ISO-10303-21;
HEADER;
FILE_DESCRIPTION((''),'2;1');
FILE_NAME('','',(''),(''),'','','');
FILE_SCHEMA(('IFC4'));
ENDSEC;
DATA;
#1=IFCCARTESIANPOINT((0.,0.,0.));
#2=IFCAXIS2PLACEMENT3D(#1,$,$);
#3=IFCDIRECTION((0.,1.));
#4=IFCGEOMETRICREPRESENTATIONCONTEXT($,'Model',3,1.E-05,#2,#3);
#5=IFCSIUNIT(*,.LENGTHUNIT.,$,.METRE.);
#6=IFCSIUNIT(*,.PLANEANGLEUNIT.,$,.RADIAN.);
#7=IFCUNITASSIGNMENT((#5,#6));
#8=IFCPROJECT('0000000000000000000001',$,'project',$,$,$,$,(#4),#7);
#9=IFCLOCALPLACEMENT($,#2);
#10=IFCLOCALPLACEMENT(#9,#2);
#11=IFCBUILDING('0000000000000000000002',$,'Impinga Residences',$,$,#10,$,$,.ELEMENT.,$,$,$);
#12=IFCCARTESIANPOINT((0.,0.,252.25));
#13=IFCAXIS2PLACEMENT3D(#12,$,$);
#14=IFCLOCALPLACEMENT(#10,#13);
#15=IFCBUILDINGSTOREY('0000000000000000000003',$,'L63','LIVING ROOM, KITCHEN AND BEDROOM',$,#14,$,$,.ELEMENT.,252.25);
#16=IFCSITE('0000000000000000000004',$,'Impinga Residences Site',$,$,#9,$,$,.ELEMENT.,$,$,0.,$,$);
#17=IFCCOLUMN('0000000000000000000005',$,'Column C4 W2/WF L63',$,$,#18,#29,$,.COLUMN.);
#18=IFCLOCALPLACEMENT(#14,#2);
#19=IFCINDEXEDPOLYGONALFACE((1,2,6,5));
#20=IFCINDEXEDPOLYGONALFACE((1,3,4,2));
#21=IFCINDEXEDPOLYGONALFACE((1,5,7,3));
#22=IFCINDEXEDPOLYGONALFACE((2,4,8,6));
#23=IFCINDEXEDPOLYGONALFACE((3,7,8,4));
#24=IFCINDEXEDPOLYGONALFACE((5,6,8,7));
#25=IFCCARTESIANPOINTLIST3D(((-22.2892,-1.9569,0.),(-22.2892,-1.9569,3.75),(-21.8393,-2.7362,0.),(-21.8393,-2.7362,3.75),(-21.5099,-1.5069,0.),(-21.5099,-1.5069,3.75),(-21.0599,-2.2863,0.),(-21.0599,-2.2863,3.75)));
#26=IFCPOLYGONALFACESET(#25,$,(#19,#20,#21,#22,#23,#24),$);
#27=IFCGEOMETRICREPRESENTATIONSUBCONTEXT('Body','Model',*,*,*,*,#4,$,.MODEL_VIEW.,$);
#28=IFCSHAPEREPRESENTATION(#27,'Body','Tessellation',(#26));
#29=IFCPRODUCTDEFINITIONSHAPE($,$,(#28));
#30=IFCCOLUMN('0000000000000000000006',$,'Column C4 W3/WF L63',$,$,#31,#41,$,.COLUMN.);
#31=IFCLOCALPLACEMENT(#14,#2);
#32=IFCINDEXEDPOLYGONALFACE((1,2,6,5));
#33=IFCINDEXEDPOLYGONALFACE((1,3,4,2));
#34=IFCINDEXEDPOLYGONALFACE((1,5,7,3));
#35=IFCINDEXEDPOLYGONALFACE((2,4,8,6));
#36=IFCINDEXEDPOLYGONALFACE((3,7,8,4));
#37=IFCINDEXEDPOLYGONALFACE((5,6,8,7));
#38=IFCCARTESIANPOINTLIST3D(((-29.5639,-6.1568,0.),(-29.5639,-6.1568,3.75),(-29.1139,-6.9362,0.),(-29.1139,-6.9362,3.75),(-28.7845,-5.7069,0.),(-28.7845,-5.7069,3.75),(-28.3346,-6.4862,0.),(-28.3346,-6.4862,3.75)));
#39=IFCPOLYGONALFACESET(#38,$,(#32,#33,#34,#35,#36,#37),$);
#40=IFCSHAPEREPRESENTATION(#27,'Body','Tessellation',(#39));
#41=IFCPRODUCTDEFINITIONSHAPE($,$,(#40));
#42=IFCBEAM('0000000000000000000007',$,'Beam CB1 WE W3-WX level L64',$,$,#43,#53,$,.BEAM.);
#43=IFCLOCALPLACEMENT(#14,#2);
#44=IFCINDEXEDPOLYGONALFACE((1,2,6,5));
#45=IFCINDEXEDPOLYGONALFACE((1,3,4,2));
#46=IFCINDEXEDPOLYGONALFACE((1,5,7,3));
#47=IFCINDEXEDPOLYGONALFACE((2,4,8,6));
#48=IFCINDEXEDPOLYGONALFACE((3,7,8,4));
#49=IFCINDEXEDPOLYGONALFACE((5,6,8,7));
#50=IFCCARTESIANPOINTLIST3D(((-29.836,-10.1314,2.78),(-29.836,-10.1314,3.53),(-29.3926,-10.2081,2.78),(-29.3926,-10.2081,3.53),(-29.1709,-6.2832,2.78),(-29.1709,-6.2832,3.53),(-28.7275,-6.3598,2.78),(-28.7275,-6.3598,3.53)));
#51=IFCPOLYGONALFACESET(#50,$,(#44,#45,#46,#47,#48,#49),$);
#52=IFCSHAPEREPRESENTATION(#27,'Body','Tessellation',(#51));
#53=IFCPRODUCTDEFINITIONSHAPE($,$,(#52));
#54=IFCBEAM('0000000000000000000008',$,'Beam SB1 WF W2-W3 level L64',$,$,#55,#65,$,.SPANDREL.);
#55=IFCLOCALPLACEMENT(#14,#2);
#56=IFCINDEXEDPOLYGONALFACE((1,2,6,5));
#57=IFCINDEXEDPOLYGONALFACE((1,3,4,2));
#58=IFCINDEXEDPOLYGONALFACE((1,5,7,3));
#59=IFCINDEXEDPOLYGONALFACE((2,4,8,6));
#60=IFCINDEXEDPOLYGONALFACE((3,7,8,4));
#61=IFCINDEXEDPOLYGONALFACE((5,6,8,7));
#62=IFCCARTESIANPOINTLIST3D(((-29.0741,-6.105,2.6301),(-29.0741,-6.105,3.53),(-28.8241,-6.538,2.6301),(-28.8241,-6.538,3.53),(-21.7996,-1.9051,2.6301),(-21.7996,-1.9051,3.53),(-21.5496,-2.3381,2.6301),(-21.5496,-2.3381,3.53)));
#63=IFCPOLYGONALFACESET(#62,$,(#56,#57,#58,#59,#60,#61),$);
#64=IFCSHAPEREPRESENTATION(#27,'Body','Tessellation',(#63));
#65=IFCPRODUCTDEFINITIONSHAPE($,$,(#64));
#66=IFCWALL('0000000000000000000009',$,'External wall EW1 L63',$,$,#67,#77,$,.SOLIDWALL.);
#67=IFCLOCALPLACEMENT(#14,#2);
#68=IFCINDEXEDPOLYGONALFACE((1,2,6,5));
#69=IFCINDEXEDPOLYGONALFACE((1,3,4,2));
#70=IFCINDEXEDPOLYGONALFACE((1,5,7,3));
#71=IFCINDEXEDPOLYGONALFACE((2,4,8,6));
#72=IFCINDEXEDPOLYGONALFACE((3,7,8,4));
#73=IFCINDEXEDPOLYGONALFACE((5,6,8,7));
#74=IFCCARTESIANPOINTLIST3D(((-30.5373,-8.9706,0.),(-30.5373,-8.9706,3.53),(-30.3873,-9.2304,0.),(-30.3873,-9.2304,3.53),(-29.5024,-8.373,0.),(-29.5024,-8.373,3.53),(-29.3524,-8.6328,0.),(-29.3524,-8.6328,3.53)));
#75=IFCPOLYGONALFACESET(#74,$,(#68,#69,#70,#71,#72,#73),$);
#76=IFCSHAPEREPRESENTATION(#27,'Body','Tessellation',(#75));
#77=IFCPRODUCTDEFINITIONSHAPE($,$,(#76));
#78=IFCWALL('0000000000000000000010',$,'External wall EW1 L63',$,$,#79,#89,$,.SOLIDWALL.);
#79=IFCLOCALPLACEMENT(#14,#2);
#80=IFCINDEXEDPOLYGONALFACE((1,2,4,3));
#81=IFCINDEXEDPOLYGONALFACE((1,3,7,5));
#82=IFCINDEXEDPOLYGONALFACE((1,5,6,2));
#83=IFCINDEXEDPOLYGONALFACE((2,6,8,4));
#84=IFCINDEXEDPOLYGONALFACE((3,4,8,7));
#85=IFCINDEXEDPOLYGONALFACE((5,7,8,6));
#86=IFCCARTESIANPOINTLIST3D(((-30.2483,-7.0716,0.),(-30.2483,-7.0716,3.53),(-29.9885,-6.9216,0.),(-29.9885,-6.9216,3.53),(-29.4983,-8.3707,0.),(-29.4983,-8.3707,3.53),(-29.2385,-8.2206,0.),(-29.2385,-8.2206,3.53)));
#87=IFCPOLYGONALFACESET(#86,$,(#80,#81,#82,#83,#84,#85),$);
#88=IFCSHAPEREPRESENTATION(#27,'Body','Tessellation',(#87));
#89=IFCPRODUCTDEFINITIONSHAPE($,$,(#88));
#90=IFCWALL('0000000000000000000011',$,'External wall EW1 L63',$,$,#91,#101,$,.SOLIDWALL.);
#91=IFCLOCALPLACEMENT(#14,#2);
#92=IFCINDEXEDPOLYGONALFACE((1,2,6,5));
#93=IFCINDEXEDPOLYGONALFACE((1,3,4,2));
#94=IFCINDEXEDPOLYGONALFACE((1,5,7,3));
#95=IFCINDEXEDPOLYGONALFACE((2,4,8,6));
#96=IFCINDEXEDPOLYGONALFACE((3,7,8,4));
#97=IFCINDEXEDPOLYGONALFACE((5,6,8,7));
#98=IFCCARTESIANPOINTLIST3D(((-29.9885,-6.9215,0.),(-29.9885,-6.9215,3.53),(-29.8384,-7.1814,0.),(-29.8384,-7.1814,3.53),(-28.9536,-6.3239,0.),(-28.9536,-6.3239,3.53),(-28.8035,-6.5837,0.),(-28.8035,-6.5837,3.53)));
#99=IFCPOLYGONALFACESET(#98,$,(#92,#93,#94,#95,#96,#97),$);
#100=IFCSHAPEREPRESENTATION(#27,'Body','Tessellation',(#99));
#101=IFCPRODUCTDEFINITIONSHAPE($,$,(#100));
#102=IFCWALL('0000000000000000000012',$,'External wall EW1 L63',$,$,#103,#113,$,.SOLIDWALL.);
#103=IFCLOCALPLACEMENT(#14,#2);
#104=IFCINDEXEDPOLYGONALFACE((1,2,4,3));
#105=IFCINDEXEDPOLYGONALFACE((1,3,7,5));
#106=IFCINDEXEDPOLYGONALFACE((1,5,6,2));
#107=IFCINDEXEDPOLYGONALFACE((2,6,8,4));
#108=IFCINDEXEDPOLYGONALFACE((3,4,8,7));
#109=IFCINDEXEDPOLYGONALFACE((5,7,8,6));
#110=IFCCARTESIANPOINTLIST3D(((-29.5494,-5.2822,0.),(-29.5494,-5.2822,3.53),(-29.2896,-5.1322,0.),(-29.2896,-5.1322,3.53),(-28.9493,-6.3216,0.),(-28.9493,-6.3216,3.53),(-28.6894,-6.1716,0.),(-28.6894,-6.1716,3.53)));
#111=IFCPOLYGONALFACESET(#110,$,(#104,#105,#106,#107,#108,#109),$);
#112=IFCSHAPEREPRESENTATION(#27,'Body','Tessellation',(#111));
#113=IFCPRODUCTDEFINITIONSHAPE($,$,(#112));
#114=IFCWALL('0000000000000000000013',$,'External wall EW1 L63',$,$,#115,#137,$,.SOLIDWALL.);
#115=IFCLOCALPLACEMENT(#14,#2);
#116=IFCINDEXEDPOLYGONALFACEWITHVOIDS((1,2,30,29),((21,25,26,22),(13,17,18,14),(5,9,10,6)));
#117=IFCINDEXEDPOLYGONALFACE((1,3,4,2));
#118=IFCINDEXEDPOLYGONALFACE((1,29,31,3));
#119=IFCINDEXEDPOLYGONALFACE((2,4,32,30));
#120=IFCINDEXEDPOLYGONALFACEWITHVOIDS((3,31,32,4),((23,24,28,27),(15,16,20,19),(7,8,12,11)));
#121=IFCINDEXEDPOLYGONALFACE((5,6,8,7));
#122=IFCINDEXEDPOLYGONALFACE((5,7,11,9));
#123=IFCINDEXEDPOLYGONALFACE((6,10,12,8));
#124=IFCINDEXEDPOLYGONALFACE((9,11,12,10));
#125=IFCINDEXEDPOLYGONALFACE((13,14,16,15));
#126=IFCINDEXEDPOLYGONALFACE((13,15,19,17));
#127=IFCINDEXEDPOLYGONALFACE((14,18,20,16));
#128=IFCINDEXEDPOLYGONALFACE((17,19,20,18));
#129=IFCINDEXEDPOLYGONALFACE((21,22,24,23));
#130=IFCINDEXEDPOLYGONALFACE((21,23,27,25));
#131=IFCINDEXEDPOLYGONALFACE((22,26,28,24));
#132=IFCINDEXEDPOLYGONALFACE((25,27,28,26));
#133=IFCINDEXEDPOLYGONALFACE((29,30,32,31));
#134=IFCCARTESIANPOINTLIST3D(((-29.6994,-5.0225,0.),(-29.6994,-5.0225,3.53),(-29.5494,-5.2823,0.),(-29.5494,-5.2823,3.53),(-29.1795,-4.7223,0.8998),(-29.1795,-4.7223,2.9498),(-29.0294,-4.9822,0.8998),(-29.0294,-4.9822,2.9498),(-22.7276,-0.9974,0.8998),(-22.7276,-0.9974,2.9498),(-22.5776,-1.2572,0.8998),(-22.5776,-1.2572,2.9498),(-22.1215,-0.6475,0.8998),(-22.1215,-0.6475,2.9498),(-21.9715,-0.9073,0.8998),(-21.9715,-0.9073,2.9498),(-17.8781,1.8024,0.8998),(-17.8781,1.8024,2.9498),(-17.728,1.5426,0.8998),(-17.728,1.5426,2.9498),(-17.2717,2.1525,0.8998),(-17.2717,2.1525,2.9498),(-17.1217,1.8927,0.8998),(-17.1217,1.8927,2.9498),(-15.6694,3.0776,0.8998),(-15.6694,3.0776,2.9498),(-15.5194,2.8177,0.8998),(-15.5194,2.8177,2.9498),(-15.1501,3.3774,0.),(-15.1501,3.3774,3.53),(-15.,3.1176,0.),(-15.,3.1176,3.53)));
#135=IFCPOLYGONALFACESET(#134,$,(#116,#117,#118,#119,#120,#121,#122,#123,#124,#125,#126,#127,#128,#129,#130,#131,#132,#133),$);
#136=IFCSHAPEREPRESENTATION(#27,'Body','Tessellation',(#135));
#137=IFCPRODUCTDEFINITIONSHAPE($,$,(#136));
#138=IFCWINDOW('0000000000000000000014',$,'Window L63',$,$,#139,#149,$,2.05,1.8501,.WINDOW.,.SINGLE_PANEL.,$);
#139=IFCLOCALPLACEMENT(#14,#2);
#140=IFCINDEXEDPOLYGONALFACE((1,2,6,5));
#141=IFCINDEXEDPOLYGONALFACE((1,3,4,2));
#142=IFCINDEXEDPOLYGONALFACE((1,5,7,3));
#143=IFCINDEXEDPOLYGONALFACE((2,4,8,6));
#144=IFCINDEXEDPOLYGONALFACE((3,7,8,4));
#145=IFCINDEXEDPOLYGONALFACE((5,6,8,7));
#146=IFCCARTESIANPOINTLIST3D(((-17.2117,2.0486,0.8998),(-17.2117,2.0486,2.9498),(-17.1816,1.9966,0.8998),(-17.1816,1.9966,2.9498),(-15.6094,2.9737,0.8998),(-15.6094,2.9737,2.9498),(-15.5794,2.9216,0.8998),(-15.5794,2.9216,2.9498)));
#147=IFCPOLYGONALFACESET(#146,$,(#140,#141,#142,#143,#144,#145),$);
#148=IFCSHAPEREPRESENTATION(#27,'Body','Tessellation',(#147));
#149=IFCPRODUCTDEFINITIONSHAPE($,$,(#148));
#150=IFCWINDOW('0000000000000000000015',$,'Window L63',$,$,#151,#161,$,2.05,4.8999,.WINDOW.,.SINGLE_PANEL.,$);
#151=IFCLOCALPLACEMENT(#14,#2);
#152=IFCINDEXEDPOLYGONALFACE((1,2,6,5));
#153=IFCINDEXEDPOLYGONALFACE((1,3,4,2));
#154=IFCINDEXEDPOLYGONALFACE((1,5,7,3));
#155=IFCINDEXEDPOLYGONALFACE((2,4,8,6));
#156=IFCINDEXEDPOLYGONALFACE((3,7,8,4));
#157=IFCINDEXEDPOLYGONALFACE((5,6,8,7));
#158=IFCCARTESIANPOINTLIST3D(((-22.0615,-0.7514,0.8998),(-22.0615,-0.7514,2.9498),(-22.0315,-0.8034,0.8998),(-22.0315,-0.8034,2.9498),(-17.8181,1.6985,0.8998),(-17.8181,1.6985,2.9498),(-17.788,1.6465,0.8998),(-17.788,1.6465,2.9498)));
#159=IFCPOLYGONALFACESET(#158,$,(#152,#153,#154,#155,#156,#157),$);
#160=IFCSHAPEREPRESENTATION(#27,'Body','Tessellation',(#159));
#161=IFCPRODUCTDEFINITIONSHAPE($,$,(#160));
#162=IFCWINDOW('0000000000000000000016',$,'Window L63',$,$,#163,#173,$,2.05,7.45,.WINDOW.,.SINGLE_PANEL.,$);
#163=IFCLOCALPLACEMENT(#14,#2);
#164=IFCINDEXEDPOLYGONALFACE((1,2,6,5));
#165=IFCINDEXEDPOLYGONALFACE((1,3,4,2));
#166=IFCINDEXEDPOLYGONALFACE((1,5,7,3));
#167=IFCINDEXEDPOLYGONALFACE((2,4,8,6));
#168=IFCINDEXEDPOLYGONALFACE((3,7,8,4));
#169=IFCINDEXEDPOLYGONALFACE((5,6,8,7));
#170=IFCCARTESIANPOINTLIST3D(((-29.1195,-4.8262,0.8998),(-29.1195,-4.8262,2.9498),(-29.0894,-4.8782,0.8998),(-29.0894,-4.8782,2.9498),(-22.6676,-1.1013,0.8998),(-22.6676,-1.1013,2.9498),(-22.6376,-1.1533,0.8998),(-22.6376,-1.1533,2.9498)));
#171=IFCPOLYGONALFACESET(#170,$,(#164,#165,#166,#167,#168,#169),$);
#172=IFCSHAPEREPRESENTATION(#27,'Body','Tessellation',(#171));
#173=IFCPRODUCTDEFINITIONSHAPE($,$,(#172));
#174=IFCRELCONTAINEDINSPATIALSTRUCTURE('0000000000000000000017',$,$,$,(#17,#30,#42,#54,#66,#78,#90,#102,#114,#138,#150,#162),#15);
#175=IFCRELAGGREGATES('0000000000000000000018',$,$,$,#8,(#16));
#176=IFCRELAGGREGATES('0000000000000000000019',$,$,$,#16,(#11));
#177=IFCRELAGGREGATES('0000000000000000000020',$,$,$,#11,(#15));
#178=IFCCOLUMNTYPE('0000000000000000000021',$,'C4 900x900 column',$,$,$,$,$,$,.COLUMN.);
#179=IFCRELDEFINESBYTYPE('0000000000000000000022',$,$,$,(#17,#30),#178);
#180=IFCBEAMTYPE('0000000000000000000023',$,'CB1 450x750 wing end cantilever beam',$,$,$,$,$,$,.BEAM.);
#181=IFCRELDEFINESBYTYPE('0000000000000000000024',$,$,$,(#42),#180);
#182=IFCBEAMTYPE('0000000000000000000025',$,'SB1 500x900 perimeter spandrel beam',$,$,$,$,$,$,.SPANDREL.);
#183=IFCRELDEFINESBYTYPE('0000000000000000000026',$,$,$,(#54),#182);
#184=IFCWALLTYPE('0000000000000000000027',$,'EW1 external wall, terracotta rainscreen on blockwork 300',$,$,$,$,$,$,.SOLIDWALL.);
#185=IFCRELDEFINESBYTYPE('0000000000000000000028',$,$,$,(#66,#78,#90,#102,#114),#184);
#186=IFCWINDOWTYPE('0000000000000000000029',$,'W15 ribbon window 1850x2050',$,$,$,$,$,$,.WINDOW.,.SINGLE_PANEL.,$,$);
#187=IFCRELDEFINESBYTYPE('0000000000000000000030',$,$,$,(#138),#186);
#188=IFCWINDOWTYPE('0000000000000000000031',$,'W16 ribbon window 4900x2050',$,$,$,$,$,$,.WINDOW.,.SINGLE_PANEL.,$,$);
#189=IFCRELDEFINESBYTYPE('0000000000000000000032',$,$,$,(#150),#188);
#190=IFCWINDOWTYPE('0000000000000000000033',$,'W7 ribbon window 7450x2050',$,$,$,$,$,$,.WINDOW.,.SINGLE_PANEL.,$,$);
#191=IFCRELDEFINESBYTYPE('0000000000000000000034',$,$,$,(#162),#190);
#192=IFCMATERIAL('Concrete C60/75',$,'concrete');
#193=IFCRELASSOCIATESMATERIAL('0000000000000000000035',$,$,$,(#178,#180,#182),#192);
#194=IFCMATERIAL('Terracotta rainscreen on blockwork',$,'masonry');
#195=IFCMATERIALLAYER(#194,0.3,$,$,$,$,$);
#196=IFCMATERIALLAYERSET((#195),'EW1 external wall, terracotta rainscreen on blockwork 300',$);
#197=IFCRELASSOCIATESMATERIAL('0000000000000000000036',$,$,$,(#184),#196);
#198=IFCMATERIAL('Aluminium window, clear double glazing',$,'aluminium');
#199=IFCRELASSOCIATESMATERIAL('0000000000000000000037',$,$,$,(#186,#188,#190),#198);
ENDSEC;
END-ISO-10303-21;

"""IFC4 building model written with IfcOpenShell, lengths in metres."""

from ifc_helpers import new_model, si_unit, direction, frame, frame_2d, origin, origin_2d, place, context, subcontext, project, spatial, rectangle, extrude, material, layer, layer_set, material_profile, profile_set, type_object, element, fill, save


model = new_model("IFC4")

# Units and contexts
model_context = context("Model", 3, precision=1e-05, world=origin(), true_north=direction((0.0, 1.0)))
body_context = subcontext(model_context, "Body", "Model", "MODEL_VIEW")
ifc_project = project(units=[si_unit("LENGTHUNIT", "METRE"), si_unit("PLANEANGLEUNIT", "RADIAN")], contexts=[model_context])

# Site, building, storey
site_placement = place(None, origin())
site = spatial("IfcSite", under=ifc_project, at=site_placement, Name="Impinga Residences Site", CompositionType="ELEMENT", RefElevation=0.0)
building_placement = place(site_placement, origin())
building = spatial("IfcBuilding", under=site, at=building_placement, Name="Impinga Residences", CompositionType="ELEMENT")
storey_placement = place(building_placement, frame((0.0, 0.0, 252.25)))
storey = spatial("IfcBuildingStorey", under=building, at=storey_placement, Name="L63", Description="LIVING ROOM, KITCHEN AND BEDROOM", CompositionType="ELEMENT", Elevation=252.25)

# Columns
ifc_material_1 = material(Name="Concrete C60/75", Category="concrete")
ifc_material_profile_1 = material_profile(ifc_material_1, rectangle(XDim=0.8999, YDim=0.8999, at=origin_2d()), Name="RC 900x900")
ifc_profile_set_1 = profile_set([ifc_material_profile_1], Name="Concrete C60/75")
column_type = type_object("IfcColumnType", Name="C4 900x900 column", PredefinedType="COLUMN", material=ifc_profile_set_1)
for number, where, z_axis, x_axis, name in (
    (1, (-21.6746, -2.1216, 0.0), (0.0, 0.0, 1.0), (-0.5, 0.866025, 0.0), "Column C4 W2/WF L63"),
    (2, (-28.9492, -6.3215, 0.0), (0.0, 0.0, 1.0), (-0.5, 0.866025, 0.0), "Column C4 W3/WF L63"),
):
    element("IfcColumn", number, at=place(storey_placement, frame(where, z_axis=z_axis, x_axis=x_axis)), inside=storey, type_object=column_type, Name=name, PredefinedType="COLUMN", context=body_context, shape_type="SweptSolid", body=[
        extrude(rectangle(XDim=0.8999, YDim=0.8999, at=origin_2d()), origin(), (0.0, 0.0, 1.0), 3.75),
    ])

# Beams
ifc_material_profile_2 = material_profile(ifc_material_1, rectangle(XDim=0.45, YDim=0.75, at=origin_2d()), Name="RC 450x750")
ifc_profile_set_2 = profile_set([ifc_material_profile_2], Name="Concrete C60/75")
beam_type_1 = type_object("IfcBeamType", Name="CB1 450x750 wing end cantilever beam", PredefinedType="BEAM", material=ifc_profile_set_2)
beam_1_placement = place(storey_placement, frame((-28.9492, -6.3215, 3.155), z_axis=(-0.170296, -0.985393, 0.0), x_axis=(0.985393, -0.170296, 0.0)))
element("IfcBeam", 3, at=beam_1_placement, inside=storey, type_object=beam_type_1, Name="Beam CB1 WE W3-WX level L64", PredefinedType="BEAM", context=body_context, shape_type="SweptSolid", body=[
    extrude(rectangle(XDim=0.45, YDim=0.75, at=origin_2d()), origin(), (0.0, 0.0, 1.0), 3.9053),
])
ifc_material_profile_3 = material_profile(ifc_material_1, rectangle(XDim=0.5, YDim=0.8999, at=origin_2d()), Name="RC 500x900")
ifc_profile_set_3 = profile_set([ifc_material_profile_3], Name="Concrete C60/75")
beam_type_2 = type_object("IfcBeamType", Name="SB1 500x900 perimeter spandrel beam", PredefinedType="SPANDREL", material=ifc_profile_set_3)
beam_2_placement = place(storey_placement, frame((-21.6746, -2.1216, 3.0801), z_axis=(-0.866029, -0.499993, 0.0), x_axis=(0.499993, -0.866029, 0.0)))
element("IfcBeam", 4, at=beam_2_placement, inside=storey, type_object=beam_type_2, Name="Beam SB1 WF W2-W3 level L64", PredefinedType="SPANDREL", context=body_context, shape_type="SweptSolid", body=[
    extrude(rectangle(XDim=0.5, YDim=0.8999, at=origin_2d()), origin(), (0.0, 0.0, 1.0), 8.3999),
])

# Walls
ifc_material_2 = material(Name="Terracotta rainscreen on blockwork", Category="masonry")
ifc_layer_1 = layer(ifc_material_2, 0.3)
ifc_layer_set_1 = layer_set([ifc_layer_1], Name="EW1 external wall, terracotta rainscreen on blockwork 300")
wall_type_1 = type_object("IfcWallType", Name="EW1 external wall, terracotta rainscreen on blockwork 300", PredefinedType="SOLIDWALL", material=ifc_layer_set_1)
wall_1_placement = place(storey_placement, frame((-30.4624, -9.1006, 0.0), z_axis=(0.0, 0.0, 1.0), x_axis=(0.865971, 0.500094, 0.0)))
element("IfcWall", 5, at=wall_1_placement, inside=storey, type_object=wall_type_1, Name="External wall EW1 L63", PredefinedType="SOLIDWALL", context=body_context, shape_type="SweptSolid", body=[
    extrude(rectangle(XDim=1.1951, YDim=0.3, at=frame_2d((0.5977, 0.0))), origin(), (0.0, 0.0, 1.0), 3.53),
])
wall_2_placement = place(storey_placement, frame((-29.3684, -8.2957, 0.0), z_axis=(0.0, 0.0, 1.0), x_axis=(-0.49999, 0.866031, 0.0)))
element("IfcWall", 6, at=wall_2_placement, inside=storey, type_object=wall_type_1, Name="External wall EW1 L63", PredefinedType="SOLIDWALL", context=body_context, shape_type="SweptSolid", body=[
    extrude(rectangle(XDim=1.5, YDim=0.3, at=frame_2d((0.75, 0.0))), origin(), (0.0, 0.0, 1.0), 3.53),
])
wall_3_placement = place(storey_placement, frame((-29.9136, -7.0515, 0.0), z_axis=(0.0, 0.0, 1.0), x_axis=(0.865971, 0.500094, 0.0)))
element("IfcWall", 7, at=wall_3_placement, inside=storey, type_object=wall_type_1, Name="External wall EW1 L63", PredefinedType="SOLIDWALL", context=body_context, shape_type="SweptSolid", body=[
    extrude(rectangle(XDim=1.1951, YDim=0.3, at=frame_2d((0.5977, 0.0))), origin(), (0.0, 0.0, 1.0), 3.53),
])
wall_4_placement = place(storey_placement, frame((-28.8193, -6.2466, 0.0), z_axis=(0.0, 0.0, 1.0), x_axis=(-0.500034, 0.866006, 0.0)))
element("IfcWall", 8, at=wall_4_placement, inside=storey, type_object=wall_type_1, Name="External wall EW1 L63", PredefinedType="SOLIDWALL", context=body_context, shape_type="SweptSolid", body=[
    extrude(rectangle(XDim=1.2002, YDim=0.3, at=frame_2d((0.6001, 0.0))), origin(), (0.0, 0.0, 1.0), 3.53),
])

# Wall, openings, windows
wall_5_placement = place(storey_placement, frame((-29.6243, -5.1523, 0.0), z_axis=(0.0, 0.0, 1.0), x_axis=(0.866029, 0.499993, 0.0)))
wall_5 = element("IfcWall", 9, at=wall_5_placement, inside=storey, type_object=wall_type_1, Name="External wall EW1 L63", PredefinedType="SOLIDWALL", context=body_context, shape_type="SweptSolid", body=[
    extrude(rectangle(XDim=16.8, YDim=0.3, at=frame_2d((8.3999, 0.0))), origin(), (0.0, 0.0, 1.0), 3.53),
])
opening_1_placement = place(wall_5_placement, frame((0.6001, 0.0, 0.8999)))
opening_1 = element("IfcOpeningElement", 10, at=opening_1_placement, cuts=wall_5, PredefinedType="OPENING", context=body_context, shape_type="SweptSolid", body=[
    extrude(rectangle(XDim=7.45, YDim=2.05, at=frame_2d((3.7251, 1.0249))), frame((0.0, 0.1599, 0.0), z_axis=(0.0, -1.0, 0.0), x_axis=(1.0, 0.0, 0.0)), (0.0, 0.0, 1.0), 0.3201),
])
opening_2_placement = place(wall_5_placement, frame((8.75, 0.0, 0.8999)))
opening_2 = element("IfcOpeningElement", 11, at=opening_2_placement, cuts=wall_5, PredefinedType="OPENING", context=body_context, shape_type="SweptSolid", body=[
    extrude(rectangle(XDim=4.8999, YDim=2.05, at=frame_2d((2.45, 1.0249))), frame((0.0, 0.1599, 0.0), z_axis=(0.0, -1.0, 0.0), x_axis=(1.0, 0.0, 0.0)), (0.0, 0.0, 1.0), 0.3201),
])
opening_3_placement = place(wall_5_placement, frame((14.3501, 0.0, 0.8999)))
opening_3 = element("IfcOpeningElement", 12, at=opening_3_placement, cuts=wall_5, PredefinedType="OPENING", context=body_context, shape_type="SweptSolid", body=[
    extrude(rectangle(XDim=1.8501, YDim=2.05, at=frame_2d((0.925, 1.0249))), frame((0.0, 0.1599, 0.0), z_axis=(0.0, -1.0, 0.0), x_axis=(1.0, 0.0, 0.0)), (0.0, 0.0, 1.0), 0.3201),
])
ifc_material_3 = material(Name="Aluminium window, clear double glazing", Category="aluminium")
window_type_1 = type_object("IfcWindowType", Name="W15 ribbon window 1850x2050", PartitioningType="SINGLE_PANEL", PredefinedType="WINDOW", material=ifc_material_3)
window_1_placement = place(opening_3_placement, origin())
window_1 = element("IfcWindow", 13, at=window_1_placement, inside=storey, type_object=window_type_1, Name="Window L63", OverallHeight=2.05, OverallWidth=1.8501, PartitioningType="SINGLE_PANEL", PredefinedType="WINDOW", context=body_context, shape_type="SweptSolid", body=[
    extrude(rectangle(XDim=1.8501, YDim=2.05, at=frame_2d((0.925, 1.0249))), frame((0.0, 0.03, 0.0), z_axis=(0.0, -1.0, 0.0), x_axis=(1.0, 0.0, 0.0)), (0.0, 0.0, 1.0), 0.0601),
])
fill(opening_3, window_1)
window_type_2 = type_object("IfcWindowType", Name="W16 ribbon window 4900x2050", PartitioningType="SINGLE_PANEL", PredefinedType="WINDOW", material=ifc_material_3)
window_2_placement = place(opening_2_placement, origin())
window_2 = element("IfcWindow", 14, at=window_2_placement, inside=storey, type_object=window_type_2, Name="Window L63", OverallHeight=2.05, OverallWidth=4.8999, PartitioningType="SINGLE_PANEL", PredefinedType="WINDOW", context=body_context, shape_type="SweptSolid", body=[
    extrude(rectangle(XDim=4.8999, YDim=2.05, at=frame_2d((2.45, 1.0249))), frame((0.0, 0.03, 0.0), z_axis=(0.0, -1.0, 0.0), x_axis=(1.0, 0.0, 0.0)), (0.0, 0.0, 1.0), 0.0601),
])
fill(opening_2, window_2)
window_type_3 = type_object("IfcWindowType", Name="W7 ribbon window 7450x2050", PartitioningType="SINGLE_PANEL", PredefinedType="WINDOW", material=ifc_material_3)
window_3_placement = place(opening_1_placement, origin())
window_3 = element("IfcWindow", 15, at=window_3_placement, inside=storey, type_object=window_type_3, Name="Window L63", OverallHeight=2.05, OverallWidth=7.45, PartitioningType="SINGLE_PANEL", PredefinedType="WINDOW", context=body_context, shape_type="SweptSolid", body=[
    extrude(rectangle(XDim=7.45, YDim=2.05, at=frame_2d((3.7251, 1.0249))), frame((0.0, 0.03, 0.0), z_axis=(0.0, -1.0, 0.0), x_axis=(1.0, 0.0, 0.0)), (0.0, 0.0, 1.0), 0.0601),
])
fill(opening_1, window_3)

save(model, "model.ifc")
